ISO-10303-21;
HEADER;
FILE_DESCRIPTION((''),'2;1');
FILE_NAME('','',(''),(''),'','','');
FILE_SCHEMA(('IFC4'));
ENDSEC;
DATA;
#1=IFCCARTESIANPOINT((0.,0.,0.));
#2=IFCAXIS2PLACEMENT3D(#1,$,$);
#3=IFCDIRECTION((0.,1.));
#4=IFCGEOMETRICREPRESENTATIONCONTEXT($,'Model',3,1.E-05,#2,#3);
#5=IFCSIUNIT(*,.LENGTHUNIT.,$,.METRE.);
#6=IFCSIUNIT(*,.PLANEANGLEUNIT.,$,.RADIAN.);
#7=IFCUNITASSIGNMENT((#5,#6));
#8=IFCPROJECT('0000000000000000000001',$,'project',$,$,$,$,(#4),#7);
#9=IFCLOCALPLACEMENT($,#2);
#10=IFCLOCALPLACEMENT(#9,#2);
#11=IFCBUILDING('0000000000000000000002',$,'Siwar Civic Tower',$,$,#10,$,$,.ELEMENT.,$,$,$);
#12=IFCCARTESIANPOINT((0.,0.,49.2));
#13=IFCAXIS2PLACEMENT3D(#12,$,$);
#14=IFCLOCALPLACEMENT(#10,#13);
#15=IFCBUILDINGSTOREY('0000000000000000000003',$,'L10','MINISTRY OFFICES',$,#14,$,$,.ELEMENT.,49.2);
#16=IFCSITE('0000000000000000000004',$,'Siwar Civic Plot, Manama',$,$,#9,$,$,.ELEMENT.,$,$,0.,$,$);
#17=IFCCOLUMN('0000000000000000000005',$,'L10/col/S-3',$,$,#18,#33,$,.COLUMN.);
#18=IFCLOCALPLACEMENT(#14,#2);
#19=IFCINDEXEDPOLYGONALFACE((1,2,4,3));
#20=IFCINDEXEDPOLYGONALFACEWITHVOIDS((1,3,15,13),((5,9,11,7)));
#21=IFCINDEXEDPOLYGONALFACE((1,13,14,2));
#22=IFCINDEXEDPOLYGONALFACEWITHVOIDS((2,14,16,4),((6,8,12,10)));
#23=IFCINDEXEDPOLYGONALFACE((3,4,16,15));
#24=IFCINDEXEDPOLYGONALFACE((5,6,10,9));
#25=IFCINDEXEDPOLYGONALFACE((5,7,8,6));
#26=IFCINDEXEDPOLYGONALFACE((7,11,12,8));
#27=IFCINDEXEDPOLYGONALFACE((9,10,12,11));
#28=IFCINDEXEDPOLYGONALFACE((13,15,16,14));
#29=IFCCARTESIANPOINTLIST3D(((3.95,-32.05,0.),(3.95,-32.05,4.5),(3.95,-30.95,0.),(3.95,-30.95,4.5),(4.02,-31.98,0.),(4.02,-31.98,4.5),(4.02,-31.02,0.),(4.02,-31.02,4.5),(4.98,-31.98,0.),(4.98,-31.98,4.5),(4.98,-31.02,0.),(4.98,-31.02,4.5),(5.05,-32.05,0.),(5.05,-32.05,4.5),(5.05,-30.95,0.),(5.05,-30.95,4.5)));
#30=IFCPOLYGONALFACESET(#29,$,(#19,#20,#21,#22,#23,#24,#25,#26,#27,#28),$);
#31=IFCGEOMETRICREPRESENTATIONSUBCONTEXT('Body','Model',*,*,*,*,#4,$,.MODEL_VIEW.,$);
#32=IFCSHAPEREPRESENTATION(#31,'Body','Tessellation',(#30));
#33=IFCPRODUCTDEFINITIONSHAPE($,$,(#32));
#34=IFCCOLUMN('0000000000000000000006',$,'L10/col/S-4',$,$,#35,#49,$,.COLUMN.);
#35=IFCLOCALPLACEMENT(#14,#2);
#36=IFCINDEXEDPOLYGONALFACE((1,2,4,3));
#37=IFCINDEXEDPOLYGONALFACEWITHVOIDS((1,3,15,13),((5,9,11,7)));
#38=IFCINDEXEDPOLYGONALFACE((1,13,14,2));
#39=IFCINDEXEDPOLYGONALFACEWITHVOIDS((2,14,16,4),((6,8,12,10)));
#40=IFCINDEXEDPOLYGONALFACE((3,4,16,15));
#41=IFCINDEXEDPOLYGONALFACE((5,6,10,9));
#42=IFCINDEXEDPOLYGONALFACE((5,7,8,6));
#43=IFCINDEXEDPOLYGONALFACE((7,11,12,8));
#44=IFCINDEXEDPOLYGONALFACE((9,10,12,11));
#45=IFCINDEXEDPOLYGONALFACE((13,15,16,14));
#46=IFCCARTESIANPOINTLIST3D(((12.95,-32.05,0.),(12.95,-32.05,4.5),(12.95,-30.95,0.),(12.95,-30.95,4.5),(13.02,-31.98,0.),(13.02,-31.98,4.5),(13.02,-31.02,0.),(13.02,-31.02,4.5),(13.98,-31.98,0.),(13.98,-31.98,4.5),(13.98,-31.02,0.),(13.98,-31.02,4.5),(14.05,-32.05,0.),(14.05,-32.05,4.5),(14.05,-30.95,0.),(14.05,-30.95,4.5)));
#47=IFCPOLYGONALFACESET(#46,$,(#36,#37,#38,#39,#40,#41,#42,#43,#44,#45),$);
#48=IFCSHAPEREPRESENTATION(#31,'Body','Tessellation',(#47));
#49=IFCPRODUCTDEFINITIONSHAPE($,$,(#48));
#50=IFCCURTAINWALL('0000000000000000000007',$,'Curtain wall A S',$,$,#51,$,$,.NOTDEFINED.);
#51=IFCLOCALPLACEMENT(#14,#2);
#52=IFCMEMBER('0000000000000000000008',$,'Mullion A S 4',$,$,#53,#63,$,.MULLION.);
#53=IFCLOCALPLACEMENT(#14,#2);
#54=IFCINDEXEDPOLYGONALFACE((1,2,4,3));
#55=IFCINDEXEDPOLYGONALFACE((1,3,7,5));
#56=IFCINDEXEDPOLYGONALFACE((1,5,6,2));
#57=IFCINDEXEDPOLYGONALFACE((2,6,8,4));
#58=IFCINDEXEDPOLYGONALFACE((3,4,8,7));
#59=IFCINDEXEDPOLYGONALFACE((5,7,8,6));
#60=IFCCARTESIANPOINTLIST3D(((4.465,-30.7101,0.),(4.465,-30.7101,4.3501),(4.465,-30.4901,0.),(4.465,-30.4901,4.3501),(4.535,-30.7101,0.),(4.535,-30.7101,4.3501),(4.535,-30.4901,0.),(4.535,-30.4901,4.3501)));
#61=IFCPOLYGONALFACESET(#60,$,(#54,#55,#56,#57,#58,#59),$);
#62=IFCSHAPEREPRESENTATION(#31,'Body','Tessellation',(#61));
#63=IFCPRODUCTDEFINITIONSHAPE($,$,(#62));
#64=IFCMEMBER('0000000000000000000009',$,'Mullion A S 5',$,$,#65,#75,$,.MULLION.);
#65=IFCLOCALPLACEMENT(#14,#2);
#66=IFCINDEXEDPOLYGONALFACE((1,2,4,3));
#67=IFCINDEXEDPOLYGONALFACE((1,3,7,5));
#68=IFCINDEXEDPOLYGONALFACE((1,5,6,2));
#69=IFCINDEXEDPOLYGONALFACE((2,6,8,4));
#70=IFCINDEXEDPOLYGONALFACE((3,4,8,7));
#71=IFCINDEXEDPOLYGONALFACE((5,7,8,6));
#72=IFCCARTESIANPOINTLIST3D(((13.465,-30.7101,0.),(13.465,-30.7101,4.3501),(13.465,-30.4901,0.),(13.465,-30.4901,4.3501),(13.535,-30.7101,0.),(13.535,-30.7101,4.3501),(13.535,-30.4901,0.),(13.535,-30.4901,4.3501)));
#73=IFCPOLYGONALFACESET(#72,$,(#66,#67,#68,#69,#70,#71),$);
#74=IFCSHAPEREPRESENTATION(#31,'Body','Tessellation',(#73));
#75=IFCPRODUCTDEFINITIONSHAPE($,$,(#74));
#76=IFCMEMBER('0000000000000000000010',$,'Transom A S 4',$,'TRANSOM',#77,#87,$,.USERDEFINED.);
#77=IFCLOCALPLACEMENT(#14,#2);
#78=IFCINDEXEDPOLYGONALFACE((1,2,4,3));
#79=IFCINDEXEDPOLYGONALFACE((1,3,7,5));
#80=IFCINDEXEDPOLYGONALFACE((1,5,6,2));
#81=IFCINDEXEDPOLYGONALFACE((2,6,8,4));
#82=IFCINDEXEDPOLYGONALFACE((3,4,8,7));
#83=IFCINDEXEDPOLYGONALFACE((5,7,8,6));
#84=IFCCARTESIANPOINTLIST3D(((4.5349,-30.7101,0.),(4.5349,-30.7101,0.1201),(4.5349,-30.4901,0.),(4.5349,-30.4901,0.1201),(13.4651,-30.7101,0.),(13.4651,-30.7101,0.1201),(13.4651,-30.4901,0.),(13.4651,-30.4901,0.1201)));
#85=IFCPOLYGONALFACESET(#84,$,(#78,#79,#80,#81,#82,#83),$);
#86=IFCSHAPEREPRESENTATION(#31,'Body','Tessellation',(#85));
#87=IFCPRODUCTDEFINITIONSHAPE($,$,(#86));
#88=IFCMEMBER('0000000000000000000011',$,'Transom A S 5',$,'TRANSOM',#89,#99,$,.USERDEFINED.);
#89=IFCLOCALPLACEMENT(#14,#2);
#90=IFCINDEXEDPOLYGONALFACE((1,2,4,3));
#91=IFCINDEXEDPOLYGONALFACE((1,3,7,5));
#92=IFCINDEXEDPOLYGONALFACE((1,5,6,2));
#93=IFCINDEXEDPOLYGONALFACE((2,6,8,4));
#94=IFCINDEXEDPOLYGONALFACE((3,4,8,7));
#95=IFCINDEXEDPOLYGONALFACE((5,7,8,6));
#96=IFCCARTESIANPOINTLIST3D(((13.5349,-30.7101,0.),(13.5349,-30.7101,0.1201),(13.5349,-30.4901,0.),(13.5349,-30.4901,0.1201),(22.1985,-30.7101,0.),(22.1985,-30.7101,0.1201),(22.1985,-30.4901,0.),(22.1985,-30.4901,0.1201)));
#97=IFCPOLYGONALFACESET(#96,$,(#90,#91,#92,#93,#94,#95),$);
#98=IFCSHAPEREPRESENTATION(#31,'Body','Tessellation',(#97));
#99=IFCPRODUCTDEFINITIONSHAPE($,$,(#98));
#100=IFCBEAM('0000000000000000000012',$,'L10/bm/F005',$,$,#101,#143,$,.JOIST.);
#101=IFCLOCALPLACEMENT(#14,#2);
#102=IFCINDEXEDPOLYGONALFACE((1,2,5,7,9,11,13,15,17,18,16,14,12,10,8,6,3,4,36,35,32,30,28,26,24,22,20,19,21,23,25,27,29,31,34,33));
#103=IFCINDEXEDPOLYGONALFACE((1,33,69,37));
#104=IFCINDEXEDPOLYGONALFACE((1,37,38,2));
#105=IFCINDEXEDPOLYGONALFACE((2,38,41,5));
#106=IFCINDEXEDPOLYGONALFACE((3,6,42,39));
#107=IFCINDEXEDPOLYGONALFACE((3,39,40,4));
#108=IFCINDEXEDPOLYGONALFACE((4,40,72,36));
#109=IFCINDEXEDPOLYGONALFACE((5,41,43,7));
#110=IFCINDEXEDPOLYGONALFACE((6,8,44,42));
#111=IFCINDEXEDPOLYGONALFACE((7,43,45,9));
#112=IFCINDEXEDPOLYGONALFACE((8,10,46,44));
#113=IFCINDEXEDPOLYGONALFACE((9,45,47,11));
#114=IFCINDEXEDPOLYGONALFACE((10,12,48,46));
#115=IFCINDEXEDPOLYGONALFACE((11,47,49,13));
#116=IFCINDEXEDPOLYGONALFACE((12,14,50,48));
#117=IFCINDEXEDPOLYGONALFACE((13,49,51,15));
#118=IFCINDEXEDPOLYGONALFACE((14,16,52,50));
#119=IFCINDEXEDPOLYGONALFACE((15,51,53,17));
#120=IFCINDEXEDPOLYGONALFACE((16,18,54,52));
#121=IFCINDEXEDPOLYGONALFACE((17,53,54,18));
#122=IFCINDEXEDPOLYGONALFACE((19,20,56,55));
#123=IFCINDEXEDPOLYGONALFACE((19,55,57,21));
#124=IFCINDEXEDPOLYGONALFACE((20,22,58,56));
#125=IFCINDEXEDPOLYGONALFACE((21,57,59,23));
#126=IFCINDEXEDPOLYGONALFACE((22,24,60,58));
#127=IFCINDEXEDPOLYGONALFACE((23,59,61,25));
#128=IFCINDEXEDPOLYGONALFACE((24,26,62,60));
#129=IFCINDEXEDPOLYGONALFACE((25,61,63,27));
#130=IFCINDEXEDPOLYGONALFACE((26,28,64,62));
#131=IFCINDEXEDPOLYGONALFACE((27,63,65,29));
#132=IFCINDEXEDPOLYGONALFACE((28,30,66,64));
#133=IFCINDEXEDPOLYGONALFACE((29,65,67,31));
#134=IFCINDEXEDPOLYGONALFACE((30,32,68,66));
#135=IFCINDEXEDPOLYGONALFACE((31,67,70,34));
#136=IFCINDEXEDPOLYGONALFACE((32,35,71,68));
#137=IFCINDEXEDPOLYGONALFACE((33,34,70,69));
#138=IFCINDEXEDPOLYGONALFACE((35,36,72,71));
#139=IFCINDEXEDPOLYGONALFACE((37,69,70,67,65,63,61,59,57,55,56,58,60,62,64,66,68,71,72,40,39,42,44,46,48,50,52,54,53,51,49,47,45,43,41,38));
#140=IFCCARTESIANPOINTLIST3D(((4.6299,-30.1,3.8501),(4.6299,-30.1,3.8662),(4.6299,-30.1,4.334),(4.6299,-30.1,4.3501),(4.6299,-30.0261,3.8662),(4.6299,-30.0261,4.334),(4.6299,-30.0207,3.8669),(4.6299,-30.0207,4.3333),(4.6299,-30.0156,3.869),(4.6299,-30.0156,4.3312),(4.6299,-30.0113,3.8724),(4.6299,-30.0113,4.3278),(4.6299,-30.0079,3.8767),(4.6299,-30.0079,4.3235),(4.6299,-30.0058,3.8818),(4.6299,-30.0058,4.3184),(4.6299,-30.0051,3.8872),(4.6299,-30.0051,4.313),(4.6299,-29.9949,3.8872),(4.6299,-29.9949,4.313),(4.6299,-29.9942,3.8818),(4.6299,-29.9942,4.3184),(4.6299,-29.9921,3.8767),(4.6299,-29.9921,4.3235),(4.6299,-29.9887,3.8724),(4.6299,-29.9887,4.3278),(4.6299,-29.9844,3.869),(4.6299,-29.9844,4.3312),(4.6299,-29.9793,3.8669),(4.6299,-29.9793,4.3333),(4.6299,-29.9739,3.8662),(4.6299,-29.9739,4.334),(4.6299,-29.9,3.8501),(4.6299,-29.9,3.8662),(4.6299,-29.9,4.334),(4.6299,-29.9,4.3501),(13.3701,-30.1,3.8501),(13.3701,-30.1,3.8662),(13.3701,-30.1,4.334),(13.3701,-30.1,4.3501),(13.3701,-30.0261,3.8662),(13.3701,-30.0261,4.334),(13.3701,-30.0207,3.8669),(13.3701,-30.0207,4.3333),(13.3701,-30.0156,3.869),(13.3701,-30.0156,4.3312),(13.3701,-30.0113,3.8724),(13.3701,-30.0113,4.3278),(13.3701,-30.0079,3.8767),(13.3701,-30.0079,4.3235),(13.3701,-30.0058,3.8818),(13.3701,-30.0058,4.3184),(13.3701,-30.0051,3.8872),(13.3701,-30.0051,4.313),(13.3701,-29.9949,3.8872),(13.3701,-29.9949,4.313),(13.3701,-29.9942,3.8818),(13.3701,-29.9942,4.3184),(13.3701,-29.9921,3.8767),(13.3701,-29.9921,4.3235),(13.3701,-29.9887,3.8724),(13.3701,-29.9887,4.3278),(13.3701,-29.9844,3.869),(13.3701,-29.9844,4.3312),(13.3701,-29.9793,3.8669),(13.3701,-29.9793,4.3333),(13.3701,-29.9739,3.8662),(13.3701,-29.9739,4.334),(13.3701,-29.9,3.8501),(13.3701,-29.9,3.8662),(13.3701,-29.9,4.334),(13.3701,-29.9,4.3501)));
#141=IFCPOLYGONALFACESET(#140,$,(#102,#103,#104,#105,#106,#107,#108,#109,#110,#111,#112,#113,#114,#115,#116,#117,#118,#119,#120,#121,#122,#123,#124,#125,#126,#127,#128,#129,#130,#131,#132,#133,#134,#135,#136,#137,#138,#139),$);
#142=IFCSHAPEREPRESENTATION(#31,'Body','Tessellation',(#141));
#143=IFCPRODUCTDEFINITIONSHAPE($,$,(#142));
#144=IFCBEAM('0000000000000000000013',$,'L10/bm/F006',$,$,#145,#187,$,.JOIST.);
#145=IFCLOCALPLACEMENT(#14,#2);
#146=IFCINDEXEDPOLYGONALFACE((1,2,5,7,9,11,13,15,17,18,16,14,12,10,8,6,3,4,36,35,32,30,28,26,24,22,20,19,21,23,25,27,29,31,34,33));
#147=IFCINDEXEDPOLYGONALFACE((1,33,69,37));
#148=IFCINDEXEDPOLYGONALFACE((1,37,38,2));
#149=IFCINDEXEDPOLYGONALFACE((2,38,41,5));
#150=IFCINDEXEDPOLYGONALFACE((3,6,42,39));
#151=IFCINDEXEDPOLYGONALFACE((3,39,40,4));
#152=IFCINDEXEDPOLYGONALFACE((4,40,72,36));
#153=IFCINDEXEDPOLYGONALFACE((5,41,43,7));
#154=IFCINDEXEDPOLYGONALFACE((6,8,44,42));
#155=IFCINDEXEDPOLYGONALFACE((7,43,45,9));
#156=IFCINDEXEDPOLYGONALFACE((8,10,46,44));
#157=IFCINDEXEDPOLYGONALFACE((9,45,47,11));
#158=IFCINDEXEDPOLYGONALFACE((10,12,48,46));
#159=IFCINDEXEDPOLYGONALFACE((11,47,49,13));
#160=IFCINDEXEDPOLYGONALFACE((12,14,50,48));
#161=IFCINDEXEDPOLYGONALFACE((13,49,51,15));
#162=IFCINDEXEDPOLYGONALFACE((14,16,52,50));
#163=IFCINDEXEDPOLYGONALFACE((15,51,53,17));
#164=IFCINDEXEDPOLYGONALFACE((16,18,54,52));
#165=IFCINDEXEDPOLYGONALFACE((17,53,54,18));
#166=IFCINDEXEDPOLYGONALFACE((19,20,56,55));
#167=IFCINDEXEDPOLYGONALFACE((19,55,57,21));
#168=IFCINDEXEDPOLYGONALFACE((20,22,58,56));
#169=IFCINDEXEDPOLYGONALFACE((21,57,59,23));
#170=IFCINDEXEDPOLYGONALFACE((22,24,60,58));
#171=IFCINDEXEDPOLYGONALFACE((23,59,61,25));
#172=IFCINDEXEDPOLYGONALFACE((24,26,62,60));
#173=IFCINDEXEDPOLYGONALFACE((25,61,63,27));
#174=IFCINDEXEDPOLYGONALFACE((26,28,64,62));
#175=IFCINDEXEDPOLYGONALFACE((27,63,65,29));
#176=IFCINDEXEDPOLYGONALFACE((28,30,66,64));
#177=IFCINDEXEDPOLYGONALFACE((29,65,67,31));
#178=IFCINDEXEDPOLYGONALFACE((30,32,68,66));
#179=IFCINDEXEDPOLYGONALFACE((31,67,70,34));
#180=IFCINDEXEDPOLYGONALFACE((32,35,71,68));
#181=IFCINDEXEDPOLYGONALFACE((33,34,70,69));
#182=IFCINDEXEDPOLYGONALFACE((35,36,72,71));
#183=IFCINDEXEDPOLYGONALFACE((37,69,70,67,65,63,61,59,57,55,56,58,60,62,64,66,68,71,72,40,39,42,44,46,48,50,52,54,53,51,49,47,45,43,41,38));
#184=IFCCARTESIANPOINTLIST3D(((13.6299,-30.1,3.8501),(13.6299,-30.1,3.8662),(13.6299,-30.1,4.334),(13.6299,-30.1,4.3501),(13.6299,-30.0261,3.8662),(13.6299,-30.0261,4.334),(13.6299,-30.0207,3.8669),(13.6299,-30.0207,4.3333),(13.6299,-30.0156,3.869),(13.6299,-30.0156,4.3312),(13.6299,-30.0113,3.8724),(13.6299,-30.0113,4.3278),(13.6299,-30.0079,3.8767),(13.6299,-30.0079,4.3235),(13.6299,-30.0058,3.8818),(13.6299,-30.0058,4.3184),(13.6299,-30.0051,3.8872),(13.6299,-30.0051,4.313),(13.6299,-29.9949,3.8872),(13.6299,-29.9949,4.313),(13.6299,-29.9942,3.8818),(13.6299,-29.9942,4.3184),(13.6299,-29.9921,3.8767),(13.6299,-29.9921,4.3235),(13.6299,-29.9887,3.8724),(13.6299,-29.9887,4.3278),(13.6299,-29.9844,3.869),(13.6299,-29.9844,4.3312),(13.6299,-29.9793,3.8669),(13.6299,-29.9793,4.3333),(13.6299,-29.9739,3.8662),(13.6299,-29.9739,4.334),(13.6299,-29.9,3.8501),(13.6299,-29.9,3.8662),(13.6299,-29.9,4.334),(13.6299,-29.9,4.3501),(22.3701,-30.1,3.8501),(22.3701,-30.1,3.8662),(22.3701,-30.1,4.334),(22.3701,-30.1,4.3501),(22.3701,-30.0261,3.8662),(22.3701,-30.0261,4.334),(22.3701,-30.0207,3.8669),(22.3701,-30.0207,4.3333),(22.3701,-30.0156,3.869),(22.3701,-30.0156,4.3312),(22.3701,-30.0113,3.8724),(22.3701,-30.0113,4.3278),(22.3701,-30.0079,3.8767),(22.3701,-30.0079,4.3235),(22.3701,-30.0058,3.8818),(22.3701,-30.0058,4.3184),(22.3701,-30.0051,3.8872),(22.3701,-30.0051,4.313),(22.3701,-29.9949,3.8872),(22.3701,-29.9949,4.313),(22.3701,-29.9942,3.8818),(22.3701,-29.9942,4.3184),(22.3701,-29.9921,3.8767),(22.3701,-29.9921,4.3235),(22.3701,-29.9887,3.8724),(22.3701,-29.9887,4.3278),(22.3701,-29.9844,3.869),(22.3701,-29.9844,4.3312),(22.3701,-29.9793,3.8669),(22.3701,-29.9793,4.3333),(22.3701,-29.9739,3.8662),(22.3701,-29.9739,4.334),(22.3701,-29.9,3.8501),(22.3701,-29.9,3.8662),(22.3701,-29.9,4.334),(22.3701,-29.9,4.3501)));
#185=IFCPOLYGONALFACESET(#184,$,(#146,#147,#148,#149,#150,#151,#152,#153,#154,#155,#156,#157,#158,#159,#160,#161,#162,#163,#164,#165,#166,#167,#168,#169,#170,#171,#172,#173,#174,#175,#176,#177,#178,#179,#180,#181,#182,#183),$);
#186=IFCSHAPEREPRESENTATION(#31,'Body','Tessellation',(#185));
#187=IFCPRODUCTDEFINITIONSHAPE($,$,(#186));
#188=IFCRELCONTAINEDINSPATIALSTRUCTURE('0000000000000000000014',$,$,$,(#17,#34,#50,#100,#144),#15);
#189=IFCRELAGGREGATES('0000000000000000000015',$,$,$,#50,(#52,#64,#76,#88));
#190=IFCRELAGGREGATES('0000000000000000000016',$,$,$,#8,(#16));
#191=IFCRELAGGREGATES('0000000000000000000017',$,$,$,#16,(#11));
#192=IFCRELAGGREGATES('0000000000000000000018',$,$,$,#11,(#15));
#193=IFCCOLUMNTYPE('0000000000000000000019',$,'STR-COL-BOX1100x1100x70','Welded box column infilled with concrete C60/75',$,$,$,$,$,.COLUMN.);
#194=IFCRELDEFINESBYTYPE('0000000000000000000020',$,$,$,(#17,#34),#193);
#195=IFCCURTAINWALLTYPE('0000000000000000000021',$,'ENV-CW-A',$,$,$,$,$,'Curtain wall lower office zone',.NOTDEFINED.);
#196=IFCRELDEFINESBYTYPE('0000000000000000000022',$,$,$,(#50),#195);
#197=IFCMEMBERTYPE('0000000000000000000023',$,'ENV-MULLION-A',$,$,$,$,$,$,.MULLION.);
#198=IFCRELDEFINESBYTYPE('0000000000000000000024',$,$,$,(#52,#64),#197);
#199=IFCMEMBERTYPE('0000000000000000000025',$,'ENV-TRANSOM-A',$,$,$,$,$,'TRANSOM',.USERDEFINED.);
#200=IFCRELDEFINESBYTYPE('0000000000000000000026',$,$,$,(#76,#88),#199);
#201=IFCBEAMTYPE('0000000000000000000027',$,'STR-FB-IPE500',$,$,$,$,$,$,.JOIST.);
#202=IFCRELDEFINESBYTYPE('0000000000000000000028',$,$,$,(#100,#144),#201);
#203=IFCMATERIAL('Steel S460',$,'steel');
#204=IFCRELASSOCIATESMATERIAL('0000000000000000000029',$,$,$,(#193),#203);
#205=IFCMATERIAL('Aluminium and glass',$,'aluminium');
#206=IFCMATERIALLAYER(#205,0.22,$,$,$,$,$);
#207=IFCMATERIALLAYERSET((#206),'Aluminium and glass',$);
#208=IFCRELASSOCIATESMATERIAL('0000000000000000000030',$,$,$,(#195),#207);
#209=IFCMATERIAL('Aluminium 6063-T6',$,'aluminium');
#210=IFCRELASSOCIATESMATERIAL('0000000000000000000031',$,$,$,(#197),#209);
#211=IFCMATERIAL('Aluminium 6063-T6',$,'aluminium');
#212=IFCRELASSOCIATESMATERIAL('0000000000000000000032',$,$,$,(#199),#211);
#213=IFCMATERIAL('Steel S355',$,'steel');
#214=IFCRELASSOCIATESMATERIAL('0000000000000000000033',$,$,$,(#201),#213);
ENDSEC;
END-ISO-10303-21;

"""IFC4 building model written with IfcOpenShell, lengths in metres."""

from ifc_helpers import new_model, si_unit, direction, frame, origin, origin_2d, place, context, subcontext, project, spatial, rectangle, hollow_rectangle, i_section, extrude, material, layer, layer_set, material_profile, profile_set, type_object, element, aggregate, save


model = new_model("IFC4")

# Units and contexts
model_context = context("Model", 3, precision=1e-05, world=origin(), true_north=direction((0.0, 1.0)))
body_context = subcontext(model_context, "Body", "Model", "MODEL_VIEW")
ifc_project = project(units=[si_unit("LENGTHUNIT", "METRE"), si_unit("PLANEANGLEUNIT", "RADIAN")], contexts=[model_context])

# Site, building, storey
site_placement = place(None, origin())
site = spatial("IfcSite", under=ifc_project, at=site_placement, Name="Siwar Civic Plot, Manama", CompositionType="ELEMENT", RefElevation=0.0)
building_placement = place(site_placement, origin())
building = spatial("IfcBuilding", under=site, at=building_placement, Name="Siwar Civic Tower", CompositionType="ELEMENT")
storey_placement = place(building_placement, frame((0.0, 0.0, 49.2)))
storey = spatial("IfcBuildingStorey", under=building, at=storey_placement, Name="L10", Description="MINISTRY OFFICES", CompositionType="ELEMENT", Elevation=49.2)

# Columns
ifc_material_1 = material(Name="Steel S460", Category="steel")
ifc_material_profile_1 = material_profile(ifc_material_1, hollow_rectangle(XDim=1.1001, YDim=1.1001, WallThickness=0.0701, at=origin_2d()), Name="BOX1100x1100x70")
ifc_profile_set_1 = profile_set([ifc_material_profile_1], Name="Steel S460")
column_type = type_object("IfcColumnType", Name="STR-COL-BOX1100x1100x70", Description="Welded box column infilled with concrete C60/75", PredefinedType="COLUMN", material=ifc_profile_set_1)
for number, where, z_axis, x_axis, name in (
    (1, (4.5, -31.5, 0.0), (0.0, 0.0, 1.0), (1.0, 0.0, 0.0), "L10/col/S-3"),
    (2, (13.5, -31.5, 0.0), (0.0, 0.0, 1.0), (1.0, 0.0, 0.0), "L10/col/S-4"),
):
    element("IfcColumn", number, at=place(storey_placement, frame(where, z_axis=z_axis, x_axis=x_axis)), inside=storey, type_object=column_type, Name=name, PredefinedType="COLUMN", context=body_context, shape_type="SweptSolid", body=[
        extrude(hollow_rectangle(XDim=1.1001, YDim=1.1001, WallThickness=0.0701, at=origin_2d()), origin(), (0.0, 0.0, 1.0), 4.5),
    ])

# Curtain wall, members
ifc_material_2 = material(Name="Aluminium and glass", Category="aluminium")
ifc_layer_1 = layer(ifc_material_2, 0.22)
ifc_layer_set_1 = layer_set([ifc_layer_1], Name="Aluminium and glass")
curtain_wall_type = type_object("IfcCurtainWallType", Name="ENV-CW-A", ElementType="Curtain wall lower office zone", PredefinedType="NOTDEFINED", material=ifc_layer_set_1)
curtain_wall_placement = place(storey_placement, origin())
curtain_wall = element("IfcCurtainWall", 3, at=curtain_wall_placement, inside=storey, type_object=curtain_wall_type, Name="Curtain wall A S", PredefinedType="NOTDEFINED")
ifc_material_3 = material(Name="Aluminium 6063-T6", Category="aluminium")
ifc_material_profile_2 = material_profile(ifc_material_3, rectangle(XDim=0.22, YDim=0.0701, at=origin_2d()), Name="AL 220x70")
ifc_profile_set_2 = profile_set([ifc_material_profile_2], Name="Aluminium 6063-T6")
member_type_1 = type_object("IfcMemberType", Name="ENV-MULLION-A", PredefinedType="MULLION", material=ifc_profile_set_2)
member_1_placement = place(storey_placement, frame((4.5, -30.6001, 0.0), z_axis=(0.0, 0.0, 1.0), x_axis=(0.0, 1.0, 0.0)))
member_1 = element("IfcMember", 4, at=member_1_placement, type_object=member_type_1, Name="Mullion A S 4", PredefinedType="MULLION", context=body_context, shape_type="SweptSolid", body=[
    extrude(rectangle(XDim=0.22, YDim=0.0701, at=origin_2d()), origin(), (0.0, 0.0, 1.0), 4.3501),
])
member_2_placement = place(storey_placement, frame((13.5, -30.6001, 0.0), z_axis=(0.0, 0.0, 1.0), x_axis=(0.0, 1.0, 0.0)))
member_2 = element("IfcMember", 5, at=member_2_placement, type_object=member_type_1, Name="Mullion A S 5", PredefinedType="MULLION", context=body_context, shape_type="SweptSolid", body=[
    extrude(rectangle(XDim=0.22, YDim=0.0701, at=origin_2d()), origin(), (0.0, 0.0, 1.0), 4.3501),
])
ifc_material_4 = material(Name="Aluminium 6063-T6", Category="aluminium")
ifc_material_profile_3 = material_profile(ifc_material_4, rectangle(XDim=0.22, YDim=0.1201, at=origin_2d()), Name="AL 220x120")
ifc_profile_set_3 = profile_set([ifc_material_profile_3], Name="Aluminium 6063-T6")
member_type_2 = type_object("IfcMemberType", Name="ENV-TRANSOM-A", ElementType="TRANSOM", PredefinedType="USERDEFINED", material=ifc_profile_set_3)
member_3_placement = place(storey_placement, frame((4.5349, -30.6001, 0.0601), z_axis=(1.0, 0.0, 0.0), x_axis=(0.0, 1.0, 0.0)))
member_3 = element("IfcMember", 6, at=member_3_placement, type_object=member_type_2, Name="Transom A S 4", ObjectType="TRANSOM", PredefinedType="USERDEFINED", context=body_context, shape_type="SweptSolid", body=[
    extrude(rectangle(XDim=0.22, YDim=0.1201, at=origin_2d()), origin(), (0.0, 0.0, 1.0), 8.9302),
])
member_4_placement = place(storey_placement, frame((13.5349, -30.6001, 0.0601), z_axis=(1.0, 0.0, 0.0), x_axis=(0.0, 1.0, 0.0)))
member_4 = element("IfcMember", 7, at=member_4_placement, type_object=member_type_2, Name="Transom A S 5", ObjectType="TRANSOM", PredefinedType="USERDEFINED", context=body_context, shape_type="SweptSolid", body=[
    extrude(rectangle(XDim=0.22, YDim=0.1201, at=origin_2d()), origin(), (0.0, 0.0, 1.0), 8.6636),
])

# Beams
ifc_material_5 = material(Name="Steel S355", Category="steel")
ifc_material_profile_4 = material_profile(ifc_material_5, i_section(OverallWidth=0.2, OverallDepth=0.5, WebThickness=0.0103, FlangeThickness=0.0161, FilletRadius=0.021, at=origin_2d()), Name="IPE500")
ifc_profile_set_4 = profile_set([ifc_material_profile_4], Name="Steel S355")
beam_type_1 = type_object("IfcBeamType", Name="STR-FB-IPE500", PredefinedType="JOIST", material=ifc_profile_set_4)
for number, where, z_axis, x_axis, name in (
    (8, (4.6299, -30.0, 4.1001), (1.0, 0.0, 0.0), (0.0, 1.0, 0.0), "L10/bm/F005"),
    (9, (13.6299, -30.0, 4.1001), (1.0, 0.0, 0.0), (0.0, 1.0, 0.0), "L10/bm/F006"),
):
    element("IfcBeam", number, at=place(storey_placement, frame(where, z_axis=z_axis, x_axis=x_axis)), inside=storey, type_object=beam_type_1, Name=name, PredefinedType="JOIST", context=body_context, shape_type="SweptSolid", body=[
        extrude(i_section(OverallWidth=0.2, OverallDepth=0.5, WebThickness=0.0103, FlangeThickness=0.0161, FilletRadius=0.021, at=origin_2d()), origin(), (0.0, 0.0, 1.0), 8.7402),
    ])

aggregate(curtain_wall, [member_1, member_2, member_3, member_4])

save(model, "model.ifc")
